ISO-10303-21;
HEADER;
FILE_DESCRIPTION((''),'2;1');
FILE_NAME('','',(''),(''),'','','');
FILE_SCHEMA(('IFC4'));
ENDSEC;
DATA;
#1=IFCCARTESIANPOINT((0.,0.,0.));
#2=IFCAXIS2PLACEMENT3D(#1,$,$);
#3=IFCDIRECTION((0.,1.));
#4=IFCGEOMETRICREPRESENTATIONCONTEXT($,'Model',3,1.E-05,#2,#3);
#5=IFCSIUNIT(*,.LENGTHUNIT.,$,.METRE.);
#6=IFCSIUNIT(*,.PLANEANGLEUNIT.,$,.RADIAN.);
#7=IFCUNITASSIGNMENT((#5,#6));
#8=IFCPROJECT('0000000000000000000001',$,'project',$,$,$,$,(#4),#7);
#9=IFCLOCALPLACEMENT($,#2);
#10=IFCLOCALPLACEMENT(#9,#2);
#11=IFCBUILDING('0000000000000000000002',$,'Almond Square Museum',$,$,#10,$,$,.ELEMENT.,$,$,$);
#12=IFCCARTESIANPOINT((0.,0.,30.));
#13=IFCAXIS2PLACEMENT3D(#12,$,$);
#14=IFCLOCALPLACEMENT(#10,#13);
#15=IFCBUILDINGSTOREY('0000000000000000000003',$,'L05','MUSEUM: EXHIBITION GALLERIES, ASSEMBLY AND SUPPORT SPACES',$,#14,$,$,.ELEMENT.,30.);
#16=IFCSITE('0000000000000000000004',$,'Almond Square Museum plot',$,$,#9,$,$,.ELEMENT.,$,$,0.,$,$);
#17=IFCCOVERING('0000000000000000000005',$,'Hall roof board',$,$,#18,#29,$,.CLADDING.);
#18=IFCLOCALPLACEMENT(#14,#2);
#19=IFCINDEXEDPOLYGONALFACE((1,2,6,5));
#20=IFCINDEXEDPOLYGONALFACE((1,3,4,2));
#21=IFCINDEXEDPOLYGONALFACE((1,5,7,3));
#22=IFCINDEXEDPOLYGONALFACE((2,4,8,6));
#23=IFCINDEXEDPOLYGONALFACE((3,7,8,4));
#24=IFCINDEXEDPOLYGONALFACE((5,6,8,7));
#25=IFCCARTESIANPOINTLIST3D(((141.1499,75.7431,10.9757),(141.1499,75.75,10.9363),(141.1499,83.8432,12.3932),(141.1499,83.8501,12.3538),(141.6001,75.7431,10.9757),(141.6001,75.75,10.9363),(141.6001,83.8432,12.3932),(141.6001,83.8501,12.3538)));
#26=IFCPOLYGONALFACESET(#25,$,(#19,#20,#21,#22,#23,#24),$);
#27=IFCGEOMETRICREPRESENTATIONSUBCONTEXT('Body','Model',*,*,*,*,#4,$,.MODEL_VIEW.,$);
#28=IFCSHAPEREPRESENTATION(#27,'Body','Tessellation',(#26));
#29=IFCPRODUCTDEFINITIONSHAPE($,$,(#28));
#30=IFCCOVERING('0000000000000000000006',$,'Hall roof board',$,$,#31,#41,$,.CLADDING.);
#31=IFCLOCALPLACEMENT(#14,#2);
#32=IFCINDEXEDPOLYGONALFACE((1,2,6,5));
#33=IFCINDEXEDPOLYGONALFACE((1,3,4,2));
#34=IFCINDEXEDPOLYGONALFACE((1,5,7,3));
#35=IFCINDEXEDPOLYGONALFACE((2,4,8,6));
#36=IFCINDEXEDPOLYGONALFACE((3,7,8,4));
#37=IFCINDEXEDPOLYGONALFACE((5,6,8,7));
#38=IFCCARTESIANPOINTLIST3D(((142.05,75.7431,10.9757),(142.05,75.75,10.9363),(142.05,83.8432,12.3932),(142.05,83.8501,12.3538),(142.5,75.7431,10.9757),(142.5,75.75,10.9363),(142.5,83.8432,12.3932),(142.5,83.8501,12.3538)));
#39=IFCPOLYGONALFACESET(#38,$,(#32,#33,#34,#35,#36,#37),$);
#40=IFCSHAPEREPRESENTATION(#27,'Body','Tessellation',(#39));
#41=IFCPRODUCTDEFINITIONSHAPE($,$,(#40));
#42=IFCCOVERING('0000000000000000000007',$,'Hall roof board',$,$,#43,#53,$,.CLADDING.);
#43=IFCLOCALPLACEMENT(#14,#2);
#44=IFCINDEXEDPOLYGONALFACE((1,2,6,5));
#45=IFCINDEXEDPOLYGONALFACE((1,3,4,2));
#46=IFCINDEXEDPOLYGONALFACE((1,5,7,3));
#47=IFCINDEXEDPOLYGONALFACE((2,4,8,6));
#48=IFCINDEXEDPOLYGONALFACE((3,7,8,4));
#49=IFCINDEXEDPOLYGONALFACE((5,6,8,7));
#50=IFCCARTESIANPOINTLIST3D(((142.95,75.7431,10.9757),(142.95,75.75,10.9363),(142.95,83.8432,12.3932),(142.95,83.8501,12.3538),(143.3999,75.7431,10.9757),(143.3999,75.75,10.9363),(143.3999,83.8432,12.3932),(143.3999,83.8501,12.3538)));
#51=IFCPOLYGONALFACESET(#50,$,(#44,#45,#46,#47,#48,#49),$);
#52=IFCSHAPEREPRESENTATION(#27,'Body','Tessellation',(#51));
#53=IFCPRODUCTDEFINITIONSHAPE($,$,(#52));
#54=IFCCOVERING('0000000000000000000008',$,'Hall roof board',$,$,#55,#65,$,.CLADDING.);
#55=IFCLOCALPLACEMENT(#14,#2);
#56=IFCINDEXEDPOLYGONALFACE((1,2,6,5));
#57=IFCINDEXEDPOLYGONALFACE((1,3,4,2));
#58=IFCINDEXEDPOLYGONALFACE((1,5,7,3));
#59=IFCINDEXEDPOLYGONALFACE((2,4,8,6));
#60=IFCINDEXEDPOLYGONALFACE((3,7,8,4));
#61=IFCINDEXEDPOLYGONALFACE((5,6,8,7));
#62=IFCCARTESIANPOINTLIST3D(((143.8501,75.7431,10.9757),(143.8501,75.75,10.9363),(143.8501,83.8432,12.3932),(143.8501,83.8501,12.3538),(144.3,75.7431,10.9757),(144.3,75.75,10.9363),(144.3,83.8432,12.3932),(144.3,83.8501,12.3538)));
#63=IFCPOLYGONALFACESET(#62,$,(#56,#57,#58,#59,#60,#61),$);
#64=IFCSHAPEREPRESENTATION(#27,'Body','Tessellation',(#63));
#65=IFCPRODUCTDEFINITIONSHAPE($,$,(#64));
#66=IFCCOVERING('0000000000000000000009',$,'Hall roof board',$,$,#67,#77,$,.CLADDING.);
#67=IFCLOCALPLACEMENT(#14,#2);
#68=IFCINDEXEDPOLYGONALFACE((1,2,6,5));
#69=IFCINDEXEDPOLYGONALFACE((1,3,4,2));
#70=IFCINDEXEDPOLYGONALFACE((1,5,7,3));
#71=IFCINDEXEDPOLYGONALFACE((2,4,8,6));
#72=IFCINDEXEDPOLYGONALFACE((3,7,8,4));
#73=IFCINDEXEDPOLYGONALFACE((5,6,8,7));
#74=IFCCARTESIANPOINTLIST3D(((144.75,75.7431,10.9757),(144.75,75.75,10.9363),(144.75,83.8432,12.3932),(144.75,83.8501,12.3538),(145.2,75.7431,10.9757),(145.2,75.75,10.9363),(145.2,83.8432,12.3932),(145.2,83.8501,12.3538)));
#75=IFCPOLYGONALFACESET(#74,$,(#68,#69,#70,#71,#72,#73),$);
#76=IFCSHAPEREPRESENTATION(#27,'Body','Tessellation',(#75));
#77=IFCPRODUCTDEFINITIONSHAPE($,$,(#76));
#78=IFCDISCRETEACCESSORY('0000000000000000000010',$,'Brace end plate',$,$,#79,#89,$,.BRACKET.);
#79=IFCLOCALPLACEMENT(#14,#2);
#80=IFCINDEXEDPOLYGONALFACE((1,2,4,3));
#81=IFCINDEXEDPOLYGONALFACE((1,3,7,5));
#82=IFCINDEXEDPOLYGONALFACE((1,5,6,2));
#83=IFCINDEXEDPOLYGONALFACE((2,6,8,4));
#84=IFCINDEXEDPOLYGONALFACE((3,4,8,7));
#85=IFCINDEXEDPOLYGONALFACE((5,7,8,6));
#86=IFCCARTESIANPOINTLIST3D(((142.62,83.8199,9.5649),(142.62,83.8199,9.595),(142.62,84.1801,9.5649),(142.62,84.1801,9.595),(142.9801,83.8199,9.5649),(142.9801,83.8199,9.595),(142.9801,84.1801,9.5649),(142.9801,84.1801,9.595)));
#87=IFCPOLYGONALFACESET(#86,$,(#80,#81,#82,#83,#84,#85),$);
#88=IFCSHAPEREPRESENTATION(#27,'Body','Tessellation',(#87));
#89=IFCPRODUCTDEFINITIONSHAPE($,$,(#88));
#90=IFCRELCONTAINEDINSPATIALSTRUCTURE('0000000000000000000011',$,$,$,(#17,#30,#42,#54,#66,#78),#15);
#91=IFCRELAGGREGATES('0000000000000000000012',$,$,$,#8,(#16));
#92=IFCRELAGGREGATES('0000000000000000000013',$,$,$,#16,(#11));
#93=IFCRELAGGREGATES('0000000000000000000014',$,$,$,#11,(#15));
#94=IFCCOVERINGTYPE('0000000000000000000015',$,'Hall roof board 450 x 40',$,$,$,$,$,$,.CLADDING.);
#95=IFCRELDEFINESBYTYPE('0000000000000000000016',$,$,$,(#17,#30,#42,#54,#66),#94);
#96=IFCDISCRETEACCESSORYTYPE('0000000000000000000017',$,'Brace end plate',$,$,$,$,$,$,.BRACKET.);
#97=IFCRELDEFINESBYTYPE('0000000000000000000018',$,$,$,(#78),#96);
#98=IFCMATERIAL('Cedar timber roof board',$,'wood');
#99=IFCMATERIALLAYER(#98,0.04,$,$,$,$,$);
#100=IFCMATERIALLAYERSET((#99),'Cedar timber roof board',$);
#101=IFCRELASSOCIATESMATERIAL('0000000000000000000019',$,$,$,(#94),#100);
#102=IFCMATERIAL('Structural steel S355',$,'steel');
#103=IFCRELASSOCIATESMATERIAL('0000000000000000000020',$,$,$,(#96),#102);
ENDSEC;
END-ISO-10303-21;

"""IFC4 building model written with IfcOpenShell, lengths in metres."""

from ifc_helpers import new_model, si_unit, direction, frame, origin, origin_2d, place, context, subcontext, project, spatial, polyline, rectangle, outline, extrude, material, layer, layer_set, type_object, element, save


model = new_model("IFC4")

# Units and contexts
model_context = context("Model", 3, precision=1e-05, world=origin(), true_north=direction((0.0, 1.0)))
body_context = subcontext(model_context, "Body", "Model", "MODEL_VIEW")
ifc_project = project(units=[si_unit("LENGTHUNIT", "METRE"), si_unit("PLANEANGLEUNIT", "RADIAN")], contexts=[model_context])

# Site, building, storey
site_placement = place(None, origin())
site = spatial("IfcSite", under=ifc_project, at=site_placement, Name="Almond Square Museum plot", CompositionType="ELEMENT", RefElevation=0.0)
building_placement = place(site_placement, origin())
building = spatial("IfcBuilding", under=site, at=building_placement, Name="Almond Square Museum", CompositionType="ELEMENT")
storey_placement = place(building_placement, frame((0.0, 0.0, 30.0)))
storey = spatial("IfcBuildingStorey", under=building, at=storey_placement, Name="L05", Description="MUSEUM: EXHIBITION GALLERIES, ASSEMBLY AND SUPPORT SPACES", CompositionType="ELEMENT", Elevation=30.0)

# Coverings
ifc_material_1 = material(Name="Cedar timber roof board", Category="wood")
ifc_layer = layer(ifc_material_1, 0.04)
ifc_layer_set = layer_set([ifc_layer], Name="Cedar timber roof board")
covering_type = type_object("IfcCoveringType", Name="Hall roof board 450 x 40", PredefinedType="CLADDING", material=ifc_layer_set)
covering_1_placement = place(storey_placement, frame((141.6001, 83.8501, 12.3538), z_axis=(0.0, -0.172376, 0.985031), x_axis=(-1.0, 0.0, 0.0)))
element("IfcCovering", 1, at=covering_1_placement, inside=storey, type_object=covering_type, Name="Hall roof board", PredefinedType="CLADDING", context=body_context, shape_type="SweptSolid", body=[
    extrude(outline(polyline([(0.0, 0.0), (0.4502, 0.0), (0.4502, 8.2232), (0.0, 8.2232), (0.0, 0.0)])), origin(), (0.0, 0.0, 1.0), 0.04),
])
for number, where, z_axis, x_axis, name in (
    (2, (142.5, 83.8501, 12.3538), (0.0, -0.172376, 0.985031), (-1.0, 0.0, 0.0), "Hall roof board"),
    (3, (143.3999, 83.8501, 12.3538), (0.0, -0.172376, 0.985031), (-1.0, 0.0, 0.0), "Hall roof board"),
    (4, (144.3, 83.8501, 12.3538), (0.0, -0.172376, 0.985031), (-1.0, 0.0, 0.0), "Hall roof board"),
    (5, (145.2, 83.8501, 12.3538), (0.0, -0.172376, 0.985031), (-1.0, 0.0, 0.0), "Hall roof board"),
):
    element("IfcCovering", number, at=place(storey_placement, frame(where, z_axis=z_axis, x_axis=x_axis)), inside=storey, type_object=covering_type, Name=name, PredefinedType="CLADDING", context=body_context, shape_type="SweptSolid", body=[
        extrude(outline(polyline([(0.0, 0.0), (0.45, 0.0), (0.45, 8.2232), (0.0, 8.2232), (0.0, 0.0)])), origin(), (0.0, 0.0, 1.0), 0.04),
    ])

# Discrete accessory
ifc_material_2 = material(Name="Structural steel S355", Category="steel")
discrete_accessory_type = type_object("IfcDiscreteAccessoryType", Name="Brace end plate", PredefinedType="BRACKET", material=ifc_material_2)
discrete_accessory_placement = place(storey_placement, frame((142.8, 84.0, 9.5649), z_axis=(0.0, 0.0, 1.0), x_axis=(1.0, 0.0, 0.0)))
element("IfcDiscreteAccessory", 6, at=discrete_accessory_placement, inside=storey, type_object=discrete_accessory_type, Name="Brace end plate", PredefinedType="BRACKET", context=body_context, shape_type="SweptSolid", body=[
    extrude(rectangle(XDim=0.3601, YDim=0.3601, at=origin_2d()), origin(), (0.0, 0.0, 1.0), 0.03),
])

save(model, "model.ifc")
